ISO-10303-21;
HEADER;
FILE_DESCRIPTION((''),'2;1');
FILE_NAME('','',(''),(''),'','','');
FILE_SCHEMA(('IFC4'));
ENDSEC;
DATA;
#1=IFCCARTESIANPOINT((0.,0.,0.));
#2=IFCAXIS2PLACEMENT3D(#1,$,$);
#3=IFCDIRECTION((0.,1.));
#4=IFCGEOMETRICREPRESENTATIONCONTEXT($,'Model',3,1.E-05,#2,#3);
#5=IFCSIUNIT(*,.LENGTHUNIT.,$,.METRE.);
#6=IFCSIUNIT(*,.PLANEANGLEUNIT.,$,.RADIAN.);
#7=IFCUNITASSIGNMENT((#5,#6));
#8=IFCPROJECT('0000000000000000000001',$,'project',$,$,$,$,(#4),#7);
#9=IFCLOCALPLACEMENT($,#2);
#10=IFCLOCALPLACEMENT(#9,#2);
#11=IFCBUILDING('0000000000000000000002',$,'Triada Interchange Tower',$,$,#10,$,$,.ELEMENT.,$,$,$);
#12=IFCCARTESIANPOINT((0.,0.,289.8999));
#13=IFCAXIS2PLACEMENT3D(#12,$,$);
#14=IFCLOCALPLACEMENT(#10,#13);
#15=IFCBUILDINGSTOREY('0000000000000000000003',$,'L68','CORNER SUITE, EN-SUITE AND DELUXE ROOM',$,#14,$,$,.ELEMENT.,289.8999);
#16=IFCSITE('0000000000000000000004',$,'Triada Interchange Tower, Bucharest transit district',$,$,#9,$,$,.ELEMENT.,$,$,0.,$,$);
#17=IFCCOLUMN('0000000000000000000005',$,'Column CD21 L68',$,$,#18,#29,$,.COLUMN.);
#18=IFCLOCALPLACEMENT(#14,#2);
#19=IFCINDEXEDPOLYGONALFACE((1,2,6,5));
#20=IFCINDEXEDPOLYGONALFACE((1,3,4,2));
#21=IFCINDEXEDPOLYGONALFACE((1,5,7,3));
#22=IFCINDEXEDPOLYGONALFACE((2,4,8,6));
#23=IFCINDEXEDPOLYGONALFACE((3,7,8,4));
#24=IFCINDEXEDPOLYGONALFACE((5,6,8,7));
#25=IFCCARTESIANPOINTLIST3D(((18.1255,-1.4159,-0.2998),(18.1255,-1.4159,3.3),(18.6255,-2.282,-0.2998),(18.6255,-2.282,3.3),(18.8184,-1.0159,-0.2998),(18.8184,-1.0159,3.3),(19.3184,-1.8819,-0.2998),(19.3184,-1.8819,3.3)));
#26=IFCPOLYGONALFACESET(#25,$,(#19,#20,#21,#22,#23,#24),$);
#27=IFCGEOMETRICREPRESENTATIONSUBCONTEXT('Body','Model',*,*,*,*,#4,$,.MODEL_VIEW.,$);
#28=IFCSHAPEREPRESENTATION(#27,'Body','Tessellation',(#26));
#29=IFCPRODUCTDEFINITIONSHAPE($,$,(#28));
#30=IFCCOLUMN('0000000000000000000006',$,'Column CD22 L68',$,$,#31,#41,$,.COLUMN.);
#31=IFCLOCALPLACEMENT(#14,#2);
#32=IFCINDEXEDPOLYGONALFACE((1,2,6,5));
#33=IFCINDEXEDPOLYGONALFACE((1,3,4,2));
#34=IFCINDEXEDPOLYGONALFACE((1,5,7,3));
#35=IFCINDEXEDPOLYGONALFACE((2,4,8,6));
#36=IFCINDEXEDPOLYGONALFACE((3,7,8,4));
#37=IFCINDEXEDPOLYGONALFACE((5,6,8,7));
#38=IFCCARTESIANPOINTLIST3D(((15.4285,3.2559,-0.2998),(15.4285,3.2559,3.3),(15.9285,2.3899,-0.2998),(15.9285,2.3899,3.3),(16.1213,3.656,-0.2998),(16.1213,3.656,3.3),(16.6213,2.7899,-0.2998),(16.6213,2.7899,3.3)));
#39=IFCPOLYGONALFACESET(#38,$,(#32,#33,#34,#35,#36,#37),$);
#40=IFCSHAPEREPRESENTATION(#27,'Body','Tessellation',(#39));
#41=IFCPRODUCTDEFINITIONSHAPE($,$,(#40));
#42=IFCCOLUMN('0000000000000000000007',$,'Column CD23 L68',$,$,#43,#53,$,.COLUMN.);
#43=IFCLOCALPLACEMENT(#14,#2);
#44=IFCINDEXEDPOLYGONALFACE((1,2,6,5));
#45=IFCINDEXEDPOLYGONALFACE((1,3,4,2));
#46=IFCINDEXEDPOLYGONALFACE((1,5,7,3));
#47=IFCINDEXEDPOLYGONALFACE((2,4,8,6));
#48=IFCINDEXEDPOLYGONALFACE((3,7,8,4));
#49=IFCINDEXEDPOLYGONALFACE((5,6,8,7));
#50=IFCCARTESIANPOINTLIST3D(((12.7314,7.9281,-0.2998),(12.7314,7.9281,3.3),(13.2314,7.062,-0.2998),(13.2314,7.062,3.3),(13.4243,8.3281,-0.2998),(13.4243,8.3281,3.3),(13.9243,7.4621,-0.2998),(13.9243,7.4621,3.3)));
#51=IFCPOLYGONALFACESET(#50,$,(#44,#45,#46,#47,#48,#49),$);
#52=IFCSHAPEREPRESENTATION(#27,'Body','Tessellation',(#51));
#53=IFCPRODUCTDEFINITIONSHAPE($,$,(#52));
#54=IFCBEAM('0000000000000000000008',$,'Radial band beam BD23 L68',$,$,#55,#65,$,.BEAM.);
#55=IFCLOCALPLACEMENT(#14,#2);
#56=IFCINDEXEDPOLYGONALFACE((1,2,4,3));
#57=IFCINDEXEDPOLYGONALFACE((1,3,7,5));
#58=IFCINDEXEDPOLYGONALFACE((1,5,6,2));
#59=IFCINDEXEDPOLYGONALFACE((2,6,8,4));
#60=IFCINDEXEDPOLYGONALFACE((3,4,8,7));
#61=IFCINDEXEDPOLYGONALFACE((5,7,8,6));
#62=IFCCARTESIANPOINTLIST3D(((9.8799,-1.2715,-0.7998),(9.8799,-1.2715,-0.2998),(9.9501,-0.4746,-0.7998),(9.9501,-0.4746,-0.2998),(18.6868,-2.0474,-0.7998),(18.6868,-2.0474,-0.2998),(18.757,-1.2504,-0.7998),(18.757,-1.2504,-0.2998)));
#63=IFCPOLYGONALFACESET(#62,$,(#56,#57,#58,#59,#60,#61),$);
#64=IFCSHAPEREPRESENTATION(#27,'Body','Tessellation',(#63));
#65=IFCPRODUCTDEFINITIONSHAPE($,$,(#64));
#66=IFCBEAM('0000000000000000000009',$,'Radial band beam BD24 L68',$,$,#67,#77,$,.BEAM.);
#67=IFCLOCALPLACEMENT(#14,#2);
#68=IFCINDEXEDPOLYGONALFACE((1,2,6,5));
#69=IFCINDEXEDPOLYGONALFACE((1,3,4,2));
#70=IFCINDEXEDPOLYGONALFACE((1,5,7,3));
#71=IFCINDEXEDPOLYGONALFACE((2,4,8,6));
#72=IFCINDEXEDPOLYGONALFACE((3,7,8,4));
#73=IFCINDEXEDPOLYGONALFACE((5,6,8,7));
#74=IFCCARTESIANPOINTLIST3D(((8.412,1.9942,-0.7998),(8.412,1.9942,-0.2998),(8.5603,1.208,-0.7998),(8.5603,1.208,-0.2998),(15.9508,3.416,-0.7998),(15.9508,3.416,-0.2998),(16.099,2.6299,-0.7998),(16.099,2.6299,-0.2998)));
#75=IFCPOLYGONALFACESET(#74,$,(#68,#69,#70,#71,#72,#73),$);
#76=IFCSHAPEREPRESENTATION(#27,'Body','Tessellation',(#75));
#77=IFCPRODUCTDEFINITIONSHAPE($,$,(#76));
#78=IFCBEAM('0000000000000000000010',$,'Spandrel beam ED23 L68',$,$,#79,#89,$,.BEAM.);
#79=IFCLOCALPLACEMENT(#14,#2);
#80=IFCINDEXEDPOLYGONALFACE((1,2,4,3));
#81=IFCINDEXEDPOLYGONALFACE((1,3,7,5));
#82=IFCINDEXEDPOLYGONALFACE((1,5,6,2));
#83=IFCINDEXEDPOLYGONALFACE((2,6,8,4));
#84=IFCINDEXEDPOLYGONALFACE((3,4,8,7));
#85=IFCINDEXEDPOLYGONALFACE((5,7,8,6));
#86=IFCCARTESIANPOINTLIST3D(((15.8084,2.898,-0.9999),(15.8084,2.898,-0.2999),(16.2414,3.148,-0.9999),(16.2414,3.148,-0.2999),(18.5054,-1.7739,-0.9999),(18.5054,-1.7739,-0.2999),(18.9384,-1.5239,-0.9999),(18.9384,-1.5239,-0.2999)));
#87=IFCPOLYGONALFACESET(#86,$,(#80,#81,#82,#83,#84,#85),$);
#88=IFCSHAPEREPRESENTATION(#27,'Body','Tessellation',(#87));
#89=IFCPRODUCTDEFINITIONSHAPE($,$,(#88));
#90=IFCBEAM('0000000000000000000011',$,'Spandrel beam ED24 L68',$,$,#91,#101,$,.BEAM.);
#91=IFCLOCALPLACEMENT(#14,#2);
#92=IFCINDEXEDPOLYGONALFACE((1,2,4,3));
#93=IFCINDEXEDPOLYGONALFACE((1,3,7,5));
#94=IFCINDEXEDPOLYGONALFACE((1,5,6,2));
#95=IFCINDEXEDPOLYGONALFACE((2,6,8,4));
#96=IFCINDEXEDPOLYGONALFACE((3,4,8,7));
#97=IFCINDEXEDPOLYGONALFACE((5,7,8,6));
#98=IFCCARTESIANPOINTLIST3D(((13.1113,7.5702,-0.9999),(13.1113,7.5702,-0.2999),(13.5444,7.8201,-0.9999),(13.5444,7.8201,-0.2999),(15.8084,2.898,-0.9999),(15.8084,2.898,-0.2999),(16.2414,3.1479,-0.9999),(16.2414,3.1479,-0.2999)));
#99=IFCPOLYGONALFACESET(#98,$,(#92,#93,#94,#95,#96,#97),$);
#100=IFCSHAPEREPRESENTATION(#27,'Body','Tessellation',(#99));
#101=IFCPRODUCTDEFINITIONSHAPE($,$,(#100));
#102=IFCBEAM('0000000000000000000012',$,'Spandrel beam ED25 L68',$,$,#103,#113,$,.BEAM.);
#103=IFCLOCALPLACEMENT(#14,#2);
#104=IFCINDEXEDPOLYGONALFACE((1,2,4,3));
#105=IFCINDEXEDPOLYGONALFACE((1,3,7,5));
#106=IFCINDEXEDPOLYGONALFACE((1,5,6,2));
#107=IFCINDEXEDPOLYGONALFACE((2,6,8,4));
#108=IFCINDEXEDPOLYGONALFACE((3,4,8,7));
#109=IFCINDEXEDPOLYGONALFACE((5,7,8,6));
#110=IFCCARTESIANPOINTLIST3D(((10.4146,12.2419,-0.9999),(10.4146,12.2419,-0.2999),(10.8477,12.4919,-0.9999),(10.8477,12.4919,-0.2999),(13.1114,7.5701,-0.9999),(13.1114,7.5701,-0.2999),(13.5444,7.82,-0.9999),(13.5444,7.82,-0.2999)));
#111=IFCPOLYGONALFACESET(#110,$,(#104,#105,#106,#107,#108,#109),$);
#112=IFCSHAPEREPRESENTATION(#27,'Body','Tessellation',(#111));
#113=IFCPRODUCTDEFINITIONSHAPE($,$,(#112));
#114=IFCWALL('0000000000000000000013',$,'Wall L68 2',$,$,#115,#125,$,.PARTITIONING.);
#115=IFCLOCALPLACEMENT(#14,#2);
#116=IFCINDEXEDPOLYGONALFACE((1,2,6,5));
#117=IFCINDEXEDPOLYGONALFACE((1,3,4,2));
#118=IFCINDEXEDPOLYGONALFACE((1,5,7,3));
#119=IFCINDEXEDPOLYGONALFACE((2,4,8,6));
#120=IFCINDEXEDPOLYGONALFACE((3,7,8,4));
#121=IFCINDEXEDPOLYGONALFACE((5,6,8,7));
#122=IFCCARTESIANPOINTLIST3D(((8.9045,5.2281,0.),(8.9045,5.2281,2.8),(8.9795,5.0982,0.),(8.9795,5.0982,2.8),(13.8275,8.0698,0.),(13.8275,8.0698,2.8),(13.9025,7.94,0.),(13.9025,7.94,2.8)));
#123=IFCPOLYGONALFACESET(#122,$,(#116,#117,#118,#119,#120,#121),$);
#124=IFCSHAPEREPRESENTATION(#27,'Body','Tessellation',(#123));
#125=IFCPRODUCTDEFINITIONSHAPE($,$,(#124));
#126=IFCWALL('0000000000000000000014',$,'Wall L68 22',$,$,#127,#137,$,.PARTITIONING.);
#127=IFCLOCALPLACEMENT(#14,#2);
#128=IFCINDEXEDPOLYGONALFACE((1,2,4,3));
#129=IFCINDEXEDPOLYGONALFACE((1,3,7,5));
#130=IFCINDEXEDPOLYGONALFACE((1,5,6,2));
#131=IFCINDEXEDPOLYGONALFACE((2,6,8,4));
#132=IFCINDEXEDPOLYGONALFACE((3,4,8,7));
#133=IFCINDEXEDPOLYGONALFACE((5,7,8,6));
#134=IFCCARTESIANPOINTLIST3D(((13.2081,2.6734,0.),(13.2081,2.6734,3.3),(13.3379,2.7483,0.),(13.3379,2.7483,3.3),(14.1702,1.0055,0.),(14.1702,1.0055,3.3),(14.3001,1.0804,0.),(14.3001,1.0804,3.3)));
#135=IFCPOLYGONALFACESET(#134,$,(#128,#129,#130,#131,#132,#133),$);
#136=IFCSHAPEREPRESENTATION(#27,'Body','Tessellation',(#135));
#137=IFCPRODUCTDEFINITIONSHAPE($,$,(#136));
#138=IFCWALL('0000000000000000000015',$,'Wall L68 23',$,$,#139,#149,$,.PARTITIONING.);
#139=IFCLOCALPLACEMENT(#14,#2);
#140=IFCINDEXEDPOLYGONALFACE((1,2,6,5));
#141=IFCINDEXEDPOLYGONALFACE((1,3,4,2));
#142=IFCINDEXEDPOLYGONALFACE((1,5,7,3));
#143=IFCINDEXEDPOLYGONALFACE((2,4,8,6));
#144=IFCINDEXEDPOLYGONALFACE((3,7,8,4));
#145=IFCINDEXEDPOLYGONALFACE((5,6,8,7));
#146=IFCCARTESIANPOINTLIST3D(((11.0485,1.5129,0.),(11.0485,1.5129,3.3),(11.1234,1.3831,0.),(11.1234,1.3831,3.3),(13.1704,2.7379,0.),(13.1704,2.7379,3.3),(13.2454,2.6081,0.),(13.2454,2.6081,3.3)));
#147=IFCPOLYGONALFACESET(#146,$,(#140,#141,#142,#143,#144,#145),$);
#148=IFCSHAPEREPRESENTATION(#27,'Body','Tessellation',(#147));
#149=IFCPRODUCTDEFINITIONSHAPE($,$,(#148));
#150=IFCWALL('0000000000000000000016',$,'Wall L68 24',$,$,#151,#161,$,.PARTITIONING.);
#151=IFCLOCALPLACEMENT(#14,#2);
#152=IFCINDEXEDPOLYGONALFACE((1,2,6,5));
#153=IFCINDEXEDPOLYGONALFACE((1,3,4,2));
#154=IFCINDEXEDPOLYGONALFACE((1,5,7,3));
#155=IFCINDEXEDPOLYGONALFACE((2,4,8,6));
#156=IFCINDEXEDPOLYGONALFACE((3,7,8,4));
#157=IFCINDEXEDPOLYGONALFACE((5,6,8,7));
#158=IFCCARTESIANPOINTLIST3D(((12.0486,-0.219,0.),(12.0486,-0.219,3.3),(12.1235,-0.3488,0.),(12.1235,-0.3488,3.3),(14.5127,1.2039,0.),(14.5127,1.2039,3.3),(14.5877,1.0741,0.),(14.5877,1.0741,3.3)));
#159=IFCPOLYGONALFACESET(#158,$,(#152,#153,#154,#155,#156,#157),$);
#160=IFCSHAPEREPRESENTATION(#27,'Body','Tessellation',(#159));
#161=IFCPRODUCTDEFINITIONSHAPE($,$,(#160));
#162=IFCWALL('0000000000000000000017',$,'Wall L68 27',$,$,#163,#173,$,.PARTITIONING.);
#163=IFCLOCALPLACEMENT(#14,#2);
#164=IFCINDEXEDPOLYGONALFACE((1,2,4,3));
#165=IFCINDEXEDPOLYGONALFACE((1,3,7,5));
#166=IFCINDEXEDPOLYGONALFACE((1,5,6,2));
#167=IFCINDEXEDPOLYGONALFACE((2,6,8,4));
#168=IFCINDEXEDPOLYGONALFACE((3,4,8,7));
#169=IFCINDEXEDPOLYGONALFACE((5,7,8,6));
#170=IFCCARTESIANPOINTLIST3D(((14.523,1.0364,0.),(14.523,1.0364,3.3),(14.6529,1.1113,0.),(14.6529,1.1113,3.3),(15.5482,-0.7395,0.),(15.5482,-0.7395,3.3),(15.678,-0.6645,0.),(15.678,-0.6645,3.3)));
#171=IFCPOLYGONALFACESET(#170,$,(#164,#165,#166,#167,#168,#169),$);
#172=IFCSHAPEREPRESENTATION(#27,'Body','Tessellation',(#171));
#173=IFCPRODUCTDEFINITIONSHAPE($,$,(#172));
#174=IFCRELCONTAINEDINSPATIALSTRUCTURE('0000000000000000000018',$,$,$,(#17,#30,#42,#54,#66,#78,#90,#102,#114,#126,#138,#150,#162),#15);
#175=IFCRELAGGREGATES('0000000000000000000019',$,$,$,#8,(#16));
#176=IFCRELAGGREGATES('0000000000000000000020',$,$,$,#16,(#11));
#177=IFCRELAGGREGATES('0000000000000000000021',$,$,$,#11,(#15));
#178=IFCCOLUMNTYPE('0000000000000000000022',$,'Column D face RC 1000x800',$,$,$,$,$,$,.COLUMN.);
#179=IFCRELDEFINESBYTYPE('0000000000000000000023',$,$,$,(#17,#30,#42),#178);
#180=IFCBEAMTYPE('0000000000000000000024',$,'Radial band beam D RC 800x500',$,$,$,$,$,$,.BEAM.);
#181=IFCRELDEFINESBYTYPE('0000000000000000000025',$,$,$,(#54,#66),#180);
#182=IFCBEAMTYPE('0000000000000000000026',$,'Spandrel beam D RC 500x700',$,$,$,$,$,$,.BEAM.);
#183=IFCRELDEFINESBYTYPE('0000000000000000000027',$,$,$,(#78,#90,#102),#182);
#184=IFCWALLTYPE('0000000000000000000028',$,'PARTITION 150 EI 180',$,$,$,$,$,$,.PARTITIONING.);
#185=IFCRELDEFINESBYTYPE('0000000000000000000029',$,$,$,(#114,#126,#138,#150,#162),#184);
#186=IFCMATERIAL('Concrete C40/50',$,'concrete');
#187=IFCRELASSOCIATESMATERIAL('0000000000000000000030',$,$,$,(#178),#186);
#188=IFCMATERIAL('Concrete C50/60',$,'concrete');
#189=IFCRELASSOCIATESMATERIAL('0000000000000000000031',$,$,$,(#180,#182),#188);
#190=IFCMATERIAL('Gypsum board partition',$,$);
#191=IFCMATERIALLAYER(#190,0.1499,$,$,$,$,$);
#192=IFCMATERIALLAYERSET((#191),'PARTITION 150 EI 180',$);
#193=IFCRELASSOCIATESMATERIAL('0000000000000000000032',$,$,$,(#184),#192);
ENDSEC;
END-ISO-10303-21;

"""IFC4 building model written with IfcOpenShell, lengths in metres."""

from ifc_helpers import new_model, si_unit, direction, frame, frame_2d, origin, origin_2d, place, context, subcontext, project, spatial, rectangle, extrude, material, layer, layer_set, material_profile, profile_set, type_object, element, save


model = new_model("IFC4")

# Units and contexts
model_context = context("Model", 3, precision=1e-05, world=origin(), true_north=direction((0.0, 1.0)))
body_context = subcontext(model_context, "Body", "Model", "MODEL_VIEW")
ifc_project = project(units=[si_unit("LENGTHUNIT", "METRE"), si_unit("PLANEANGLEUNIT", "RADIAN")], contexts=[model_context])

# Site, building, storey
site_placement = place(None, origin())
site = spatial("IfcSite", under=ifc_project, at=site_placement, Name="Triada Interchange Tower, Bucharest transit district", CompositionType="ELEMENT", RefElevation=0.0)
building_placement = place(site_placement, origin())
building = spatial("IfcBuilding", under=site, at=building_placement, Name="Triada Interchange Tower", CompositionType="ELEMENT")
storey_placement = place(building_placement, frame((0.0, 0.0, 289.8999)))
storey = spatial("IfcBuildingStorey", under=building, at=storey_placement, Name="L68", Description="CORNER SUITE, EN-SUITE AND DELUXE ROOM", CompositionType="ELEMENT", Elevation=289.8999)

# Columns
ifc_material_1 = material(Name="Concrete C40/50", Category="concrete")
ifc_material_profile_1 = material_profile(ifc_material_1, rectangle(XDim=1.0, YDim=0.8, at=origin_2d()), Name="RC 1000x800")
ifc_profile_set_1 = profile_set([ifc_material_profile_1], Name="Concrete C40/50")
column_type = type_object("IfcColumnType", Name="Column D face RC 1000x800", PredefinedType="COLUMN", material=ifc_profile_set_1)
for number, where, z_axis, x_axis, name in (
    (1, (18.7219, -1.6489, -0.2998), (0.0, 0.0, 1.0), (-0.5, 0.866025, 0.0), "Column CD21 L68"),
    (2, (16.0249, 3.0229, -0.2998), (0.0, 0.0, 1.0), (-0.5, 0.866025, 0.0), "Column CD22 L68"),
    (3, (13.3279, 7.6951, -0.2998), (0.0, 0.0, 1.0), (-0.5, 0.866025, 0.0), "Column CD23 L68"),
):
    element("IfcColumn", number, at=place(storey_placement, frame(where, z_axis=z_axis, x_axis=x_axis)), inside=storey, type_object=column_type, Name=name, PredefinedType="COLUMN", context=body_context, shape_type="SweptSolid", body=[
        extrude(rectangle(XDim=1.0, YDim=0.8, at=origin_2d()), origin(), (0.0, 0.0, 1.0), 3.5999),
    ])

# Beams
ifc_material_2 = material(Name="Concrete C50/60", Category="concrete")
ifc_material_profile_2 = material_profile(ifc_material_2, rectangle(XDim=0.8, YDim=0.5, at=origin_2d()), Name="RC 800x500")
ifc_profile_set_2 = profile_set([ifc_material_profile_2], Name="Concrete C50/60")
beam_type_1 = type_object("IfcBeamType", Name="Radial band beam D RC 800x500", PredefinedType="BEAM", material=ifc_profile_set_2)
beam_1_placement = place(storey_placement, frame((18.7219, -1.6489, -0.5498), z_axis=(-0.996142, 0.087759, 0.0), x_axis=(-0.087759, -0.996142, 0.0)))
element("IfcBeam", 4, at=beam_1_placement, inside=storey, type_object=beam_type_1, Name="Radial band beam BD23 L68", PredefinedType="BEAM", context=body_context, shape_type="SweptSolid", body=[
    extrude(rectangle(XDim=0.8, YDim=0.5, at=origin_2d()), origin(), (0.0, 0.0, 1.0), 8.8411),
])
beam_2_placement = place(storey_placement, frame((16.0249, 3.0229, -0.5498), z_axis=(-0.982675, -0.185339, 0.0), x_axis=(0.185339, -0.982675, 0.0)))
element("IfcBeam", 5, at=beam_2_placement, inside=storey, type_object=beam_type_1, Name="Radial band beam BD24 L68", PredefinedType="BEAM", context=body_context, shape_type="SweptSolid", body=[
    extrude(rectangle(XDim=0.8, YDim=0.5, at=origin_2d()), origin(), (0.0, 0.0, 1.0), 7.6716),
])
ifc_material_profile_3 = material_profile(ifc_material_2, rectangle(XDim=0.5, YDim=0.7, at=origin_2d()), Name="RC 500x700")
ifc_profile_set_3 = profile_set([ifc_material_profile_3], Name="Concrete C50/60")
beam_type_2 = type_object("IfcBeamType", Name="Spandrel beam D RC 500x700", PredefinedType="BEAM", material=ifc_profile_set_3)
beam_3_placement = place(storey_placement, frame((18.7219, -1.6489, -0.6499), z_axis=(-0.49996, 0.866048, 0.0), x_axis=(-0.866048, -0.49996, 0.0)))
element("IfcBeam", 6, at=beam_3_placement, inside=storey, type_object=beam_type_2, Name="Spandrel beam ED23 L68", PredefinedType="BEAM", context=body_context, shape_type="SweptSolid", body=[
    extrude(rectangle(XDim=0.5, YDim=0.7, at=origin_2d()), origin(), (0.0, 0.0, 1.0), 5.3945),
])
beam_4_placement = place(storey_placement, frame((16.0249, 3.0229, -0.6499), z_axis=(-0.499941, 0.86606, 0.0), x_axis=(-0.86606, -0.499941, 0.0)))
element("IfcBeam", 7, at=beam_4_placement, inside=storey, type_object=beam_type_2, Name="Spandrel beam ED24 L68", PredefinedType="BEAM", context=body_context, shape_type="SweptSolid", body=[
    extrude(rectangle(XDim=0.5, YDim=0.7, at=origin_2d()), origin(), (0.0, 0.0, 1.0), 5.3948),
])
beam_5_placement = place(storey_placement, frame((13.3279, 7.6951, -0.6499), z_axis=(-0.499926, 0.866068, 0.0), x_axis=(-0.866068, -0.499926, 0.0)))
element("IfcBeam", 8, at=beam_5_placement, inside=storey, type_object=beam_type_2, Name="Spandrel beam ED25 L68", PredefinedType="BEAM", context=body_context, shape_type="SweptSolid", body=[
    extrude(rectangle(XDim=0.5, YDim=0.7, at=origin_2d()), origin(), (0.0, 0.0, 1.0), 5.3943),
])

# Walls
ifc_material_3 = material(Name="Gypsum board partition")
ifc_layer_1 = layer(ifc_material_3, 0.1499)
ifc_layer_set_1 = layer_set([ifc_layer_1], Name="PARTITION 150 EI 180")
wall_type_1 = type_object("IfcWallType", Name="PARTITION 150 EI 180", PredefinedType="PARTITIONING", material=ifc_layer_set_1)
wall_1_placement = place(storey_placement, frame((8.9419, 5.1631, 0.0), z_axis=(0.0, 0.0, 1.0), x_axis=(0.866068, 0.499927, 0.0)))
element("IfcWall", 9, at=wall_1_placement, inside=storey, type_object=wall_type_1, Name="Wall L68 2", PredefinedType="PARTITIONING", context=body_context, shape_type="SweptSolid", body=[
    extrude(rectangle(XDim=5.6843, YDim=0.1499, at=frame_2d((2.8423, 0.0))), origin(), (0.0, 0.0, 1.0), 2.8),
])
wall_2_placement = place(storey_placement, frame((13.2729, 2.7109, 0.0), z_axis=(0.0, 0.0, 1.0), x_axis=(0.499671, -0.866215, 0.0)))
element("IfcWall", 10, at=wall_2_placement, inside=storey, type_object=wall_type_1, Name="Wall L68 22", PredefinedType="PARTITIONING", context=body_context, shape_type="SweptSolid", body=[
    extrude(rectangle(XDim=1.9255, YDim=0.1499, at=frame_2d((0.9629, 0.0))), origin(), (0.0, 0.0, 1.0), 3.3),
])
wall_3_placement = place(storey_placement, frame((11.0859, 1.448, 0.0), z_axis=(0.0, 0.0, 1.0), x_axis=(0.86604, 0.499975, 0.0)))
element("IfcWall", 11, at=wall_3_placement, inside=storey, type_object=wall_type_1, Name="Wall L68 23", PredefinedType="PARTITIONING", context=body_context, shape_type="SweptSolid", body=[
    extrude(rectangle(XDim=2.4502, YDim=0.1499, at=frame_2d((1.2251, 0.0))), origin(), (0.0, 0.0, 1.0), 3.3),
])
wall_4_placement = place(storey_placement, frame((12.0859, -0.2839, 0.0), z_axis=(0.0, 0.0, 1.0), x_axis=(0.865996, 0.500052, 0.0)))
element("IfcWall", 12, at=wall_4_placement, inside=storey, type_object=wall_type_1, Name="Wall L68 24", PredefinedType="PARTITIONING", context=body_context, shape_type="SweptSolid", body=[
    extrude(rectangle(XDim=2.8455, YDim=0.1499, at=frame_2d((1.4229, 0.0))), origin(), (0.0, 0.0, 1.0), 3.3),
])
wall_5_placement = place(storey_placement, frame((14.5879, 1.074, 0.0), z_axis=(0.0, 0.0, 1.0), x_axis=(0.499942, -0.866059, 0.0)))
element("IfcWall", 13, at=wall_5_placement, inside=storey, type_object=wall_type_1, Name="Wall L68 27", PredefinedType="PARTITIONING", context=body_context, shape_type="SweptSolid", body=[
    extrude(rectangle(XDim=2.0505, YDim=0.1499, at=frame_2d((1.0254, 0.0))), origin(), (0.0, 0.0, 1.0), 3.3),
])

save(model, "model.ifc")
